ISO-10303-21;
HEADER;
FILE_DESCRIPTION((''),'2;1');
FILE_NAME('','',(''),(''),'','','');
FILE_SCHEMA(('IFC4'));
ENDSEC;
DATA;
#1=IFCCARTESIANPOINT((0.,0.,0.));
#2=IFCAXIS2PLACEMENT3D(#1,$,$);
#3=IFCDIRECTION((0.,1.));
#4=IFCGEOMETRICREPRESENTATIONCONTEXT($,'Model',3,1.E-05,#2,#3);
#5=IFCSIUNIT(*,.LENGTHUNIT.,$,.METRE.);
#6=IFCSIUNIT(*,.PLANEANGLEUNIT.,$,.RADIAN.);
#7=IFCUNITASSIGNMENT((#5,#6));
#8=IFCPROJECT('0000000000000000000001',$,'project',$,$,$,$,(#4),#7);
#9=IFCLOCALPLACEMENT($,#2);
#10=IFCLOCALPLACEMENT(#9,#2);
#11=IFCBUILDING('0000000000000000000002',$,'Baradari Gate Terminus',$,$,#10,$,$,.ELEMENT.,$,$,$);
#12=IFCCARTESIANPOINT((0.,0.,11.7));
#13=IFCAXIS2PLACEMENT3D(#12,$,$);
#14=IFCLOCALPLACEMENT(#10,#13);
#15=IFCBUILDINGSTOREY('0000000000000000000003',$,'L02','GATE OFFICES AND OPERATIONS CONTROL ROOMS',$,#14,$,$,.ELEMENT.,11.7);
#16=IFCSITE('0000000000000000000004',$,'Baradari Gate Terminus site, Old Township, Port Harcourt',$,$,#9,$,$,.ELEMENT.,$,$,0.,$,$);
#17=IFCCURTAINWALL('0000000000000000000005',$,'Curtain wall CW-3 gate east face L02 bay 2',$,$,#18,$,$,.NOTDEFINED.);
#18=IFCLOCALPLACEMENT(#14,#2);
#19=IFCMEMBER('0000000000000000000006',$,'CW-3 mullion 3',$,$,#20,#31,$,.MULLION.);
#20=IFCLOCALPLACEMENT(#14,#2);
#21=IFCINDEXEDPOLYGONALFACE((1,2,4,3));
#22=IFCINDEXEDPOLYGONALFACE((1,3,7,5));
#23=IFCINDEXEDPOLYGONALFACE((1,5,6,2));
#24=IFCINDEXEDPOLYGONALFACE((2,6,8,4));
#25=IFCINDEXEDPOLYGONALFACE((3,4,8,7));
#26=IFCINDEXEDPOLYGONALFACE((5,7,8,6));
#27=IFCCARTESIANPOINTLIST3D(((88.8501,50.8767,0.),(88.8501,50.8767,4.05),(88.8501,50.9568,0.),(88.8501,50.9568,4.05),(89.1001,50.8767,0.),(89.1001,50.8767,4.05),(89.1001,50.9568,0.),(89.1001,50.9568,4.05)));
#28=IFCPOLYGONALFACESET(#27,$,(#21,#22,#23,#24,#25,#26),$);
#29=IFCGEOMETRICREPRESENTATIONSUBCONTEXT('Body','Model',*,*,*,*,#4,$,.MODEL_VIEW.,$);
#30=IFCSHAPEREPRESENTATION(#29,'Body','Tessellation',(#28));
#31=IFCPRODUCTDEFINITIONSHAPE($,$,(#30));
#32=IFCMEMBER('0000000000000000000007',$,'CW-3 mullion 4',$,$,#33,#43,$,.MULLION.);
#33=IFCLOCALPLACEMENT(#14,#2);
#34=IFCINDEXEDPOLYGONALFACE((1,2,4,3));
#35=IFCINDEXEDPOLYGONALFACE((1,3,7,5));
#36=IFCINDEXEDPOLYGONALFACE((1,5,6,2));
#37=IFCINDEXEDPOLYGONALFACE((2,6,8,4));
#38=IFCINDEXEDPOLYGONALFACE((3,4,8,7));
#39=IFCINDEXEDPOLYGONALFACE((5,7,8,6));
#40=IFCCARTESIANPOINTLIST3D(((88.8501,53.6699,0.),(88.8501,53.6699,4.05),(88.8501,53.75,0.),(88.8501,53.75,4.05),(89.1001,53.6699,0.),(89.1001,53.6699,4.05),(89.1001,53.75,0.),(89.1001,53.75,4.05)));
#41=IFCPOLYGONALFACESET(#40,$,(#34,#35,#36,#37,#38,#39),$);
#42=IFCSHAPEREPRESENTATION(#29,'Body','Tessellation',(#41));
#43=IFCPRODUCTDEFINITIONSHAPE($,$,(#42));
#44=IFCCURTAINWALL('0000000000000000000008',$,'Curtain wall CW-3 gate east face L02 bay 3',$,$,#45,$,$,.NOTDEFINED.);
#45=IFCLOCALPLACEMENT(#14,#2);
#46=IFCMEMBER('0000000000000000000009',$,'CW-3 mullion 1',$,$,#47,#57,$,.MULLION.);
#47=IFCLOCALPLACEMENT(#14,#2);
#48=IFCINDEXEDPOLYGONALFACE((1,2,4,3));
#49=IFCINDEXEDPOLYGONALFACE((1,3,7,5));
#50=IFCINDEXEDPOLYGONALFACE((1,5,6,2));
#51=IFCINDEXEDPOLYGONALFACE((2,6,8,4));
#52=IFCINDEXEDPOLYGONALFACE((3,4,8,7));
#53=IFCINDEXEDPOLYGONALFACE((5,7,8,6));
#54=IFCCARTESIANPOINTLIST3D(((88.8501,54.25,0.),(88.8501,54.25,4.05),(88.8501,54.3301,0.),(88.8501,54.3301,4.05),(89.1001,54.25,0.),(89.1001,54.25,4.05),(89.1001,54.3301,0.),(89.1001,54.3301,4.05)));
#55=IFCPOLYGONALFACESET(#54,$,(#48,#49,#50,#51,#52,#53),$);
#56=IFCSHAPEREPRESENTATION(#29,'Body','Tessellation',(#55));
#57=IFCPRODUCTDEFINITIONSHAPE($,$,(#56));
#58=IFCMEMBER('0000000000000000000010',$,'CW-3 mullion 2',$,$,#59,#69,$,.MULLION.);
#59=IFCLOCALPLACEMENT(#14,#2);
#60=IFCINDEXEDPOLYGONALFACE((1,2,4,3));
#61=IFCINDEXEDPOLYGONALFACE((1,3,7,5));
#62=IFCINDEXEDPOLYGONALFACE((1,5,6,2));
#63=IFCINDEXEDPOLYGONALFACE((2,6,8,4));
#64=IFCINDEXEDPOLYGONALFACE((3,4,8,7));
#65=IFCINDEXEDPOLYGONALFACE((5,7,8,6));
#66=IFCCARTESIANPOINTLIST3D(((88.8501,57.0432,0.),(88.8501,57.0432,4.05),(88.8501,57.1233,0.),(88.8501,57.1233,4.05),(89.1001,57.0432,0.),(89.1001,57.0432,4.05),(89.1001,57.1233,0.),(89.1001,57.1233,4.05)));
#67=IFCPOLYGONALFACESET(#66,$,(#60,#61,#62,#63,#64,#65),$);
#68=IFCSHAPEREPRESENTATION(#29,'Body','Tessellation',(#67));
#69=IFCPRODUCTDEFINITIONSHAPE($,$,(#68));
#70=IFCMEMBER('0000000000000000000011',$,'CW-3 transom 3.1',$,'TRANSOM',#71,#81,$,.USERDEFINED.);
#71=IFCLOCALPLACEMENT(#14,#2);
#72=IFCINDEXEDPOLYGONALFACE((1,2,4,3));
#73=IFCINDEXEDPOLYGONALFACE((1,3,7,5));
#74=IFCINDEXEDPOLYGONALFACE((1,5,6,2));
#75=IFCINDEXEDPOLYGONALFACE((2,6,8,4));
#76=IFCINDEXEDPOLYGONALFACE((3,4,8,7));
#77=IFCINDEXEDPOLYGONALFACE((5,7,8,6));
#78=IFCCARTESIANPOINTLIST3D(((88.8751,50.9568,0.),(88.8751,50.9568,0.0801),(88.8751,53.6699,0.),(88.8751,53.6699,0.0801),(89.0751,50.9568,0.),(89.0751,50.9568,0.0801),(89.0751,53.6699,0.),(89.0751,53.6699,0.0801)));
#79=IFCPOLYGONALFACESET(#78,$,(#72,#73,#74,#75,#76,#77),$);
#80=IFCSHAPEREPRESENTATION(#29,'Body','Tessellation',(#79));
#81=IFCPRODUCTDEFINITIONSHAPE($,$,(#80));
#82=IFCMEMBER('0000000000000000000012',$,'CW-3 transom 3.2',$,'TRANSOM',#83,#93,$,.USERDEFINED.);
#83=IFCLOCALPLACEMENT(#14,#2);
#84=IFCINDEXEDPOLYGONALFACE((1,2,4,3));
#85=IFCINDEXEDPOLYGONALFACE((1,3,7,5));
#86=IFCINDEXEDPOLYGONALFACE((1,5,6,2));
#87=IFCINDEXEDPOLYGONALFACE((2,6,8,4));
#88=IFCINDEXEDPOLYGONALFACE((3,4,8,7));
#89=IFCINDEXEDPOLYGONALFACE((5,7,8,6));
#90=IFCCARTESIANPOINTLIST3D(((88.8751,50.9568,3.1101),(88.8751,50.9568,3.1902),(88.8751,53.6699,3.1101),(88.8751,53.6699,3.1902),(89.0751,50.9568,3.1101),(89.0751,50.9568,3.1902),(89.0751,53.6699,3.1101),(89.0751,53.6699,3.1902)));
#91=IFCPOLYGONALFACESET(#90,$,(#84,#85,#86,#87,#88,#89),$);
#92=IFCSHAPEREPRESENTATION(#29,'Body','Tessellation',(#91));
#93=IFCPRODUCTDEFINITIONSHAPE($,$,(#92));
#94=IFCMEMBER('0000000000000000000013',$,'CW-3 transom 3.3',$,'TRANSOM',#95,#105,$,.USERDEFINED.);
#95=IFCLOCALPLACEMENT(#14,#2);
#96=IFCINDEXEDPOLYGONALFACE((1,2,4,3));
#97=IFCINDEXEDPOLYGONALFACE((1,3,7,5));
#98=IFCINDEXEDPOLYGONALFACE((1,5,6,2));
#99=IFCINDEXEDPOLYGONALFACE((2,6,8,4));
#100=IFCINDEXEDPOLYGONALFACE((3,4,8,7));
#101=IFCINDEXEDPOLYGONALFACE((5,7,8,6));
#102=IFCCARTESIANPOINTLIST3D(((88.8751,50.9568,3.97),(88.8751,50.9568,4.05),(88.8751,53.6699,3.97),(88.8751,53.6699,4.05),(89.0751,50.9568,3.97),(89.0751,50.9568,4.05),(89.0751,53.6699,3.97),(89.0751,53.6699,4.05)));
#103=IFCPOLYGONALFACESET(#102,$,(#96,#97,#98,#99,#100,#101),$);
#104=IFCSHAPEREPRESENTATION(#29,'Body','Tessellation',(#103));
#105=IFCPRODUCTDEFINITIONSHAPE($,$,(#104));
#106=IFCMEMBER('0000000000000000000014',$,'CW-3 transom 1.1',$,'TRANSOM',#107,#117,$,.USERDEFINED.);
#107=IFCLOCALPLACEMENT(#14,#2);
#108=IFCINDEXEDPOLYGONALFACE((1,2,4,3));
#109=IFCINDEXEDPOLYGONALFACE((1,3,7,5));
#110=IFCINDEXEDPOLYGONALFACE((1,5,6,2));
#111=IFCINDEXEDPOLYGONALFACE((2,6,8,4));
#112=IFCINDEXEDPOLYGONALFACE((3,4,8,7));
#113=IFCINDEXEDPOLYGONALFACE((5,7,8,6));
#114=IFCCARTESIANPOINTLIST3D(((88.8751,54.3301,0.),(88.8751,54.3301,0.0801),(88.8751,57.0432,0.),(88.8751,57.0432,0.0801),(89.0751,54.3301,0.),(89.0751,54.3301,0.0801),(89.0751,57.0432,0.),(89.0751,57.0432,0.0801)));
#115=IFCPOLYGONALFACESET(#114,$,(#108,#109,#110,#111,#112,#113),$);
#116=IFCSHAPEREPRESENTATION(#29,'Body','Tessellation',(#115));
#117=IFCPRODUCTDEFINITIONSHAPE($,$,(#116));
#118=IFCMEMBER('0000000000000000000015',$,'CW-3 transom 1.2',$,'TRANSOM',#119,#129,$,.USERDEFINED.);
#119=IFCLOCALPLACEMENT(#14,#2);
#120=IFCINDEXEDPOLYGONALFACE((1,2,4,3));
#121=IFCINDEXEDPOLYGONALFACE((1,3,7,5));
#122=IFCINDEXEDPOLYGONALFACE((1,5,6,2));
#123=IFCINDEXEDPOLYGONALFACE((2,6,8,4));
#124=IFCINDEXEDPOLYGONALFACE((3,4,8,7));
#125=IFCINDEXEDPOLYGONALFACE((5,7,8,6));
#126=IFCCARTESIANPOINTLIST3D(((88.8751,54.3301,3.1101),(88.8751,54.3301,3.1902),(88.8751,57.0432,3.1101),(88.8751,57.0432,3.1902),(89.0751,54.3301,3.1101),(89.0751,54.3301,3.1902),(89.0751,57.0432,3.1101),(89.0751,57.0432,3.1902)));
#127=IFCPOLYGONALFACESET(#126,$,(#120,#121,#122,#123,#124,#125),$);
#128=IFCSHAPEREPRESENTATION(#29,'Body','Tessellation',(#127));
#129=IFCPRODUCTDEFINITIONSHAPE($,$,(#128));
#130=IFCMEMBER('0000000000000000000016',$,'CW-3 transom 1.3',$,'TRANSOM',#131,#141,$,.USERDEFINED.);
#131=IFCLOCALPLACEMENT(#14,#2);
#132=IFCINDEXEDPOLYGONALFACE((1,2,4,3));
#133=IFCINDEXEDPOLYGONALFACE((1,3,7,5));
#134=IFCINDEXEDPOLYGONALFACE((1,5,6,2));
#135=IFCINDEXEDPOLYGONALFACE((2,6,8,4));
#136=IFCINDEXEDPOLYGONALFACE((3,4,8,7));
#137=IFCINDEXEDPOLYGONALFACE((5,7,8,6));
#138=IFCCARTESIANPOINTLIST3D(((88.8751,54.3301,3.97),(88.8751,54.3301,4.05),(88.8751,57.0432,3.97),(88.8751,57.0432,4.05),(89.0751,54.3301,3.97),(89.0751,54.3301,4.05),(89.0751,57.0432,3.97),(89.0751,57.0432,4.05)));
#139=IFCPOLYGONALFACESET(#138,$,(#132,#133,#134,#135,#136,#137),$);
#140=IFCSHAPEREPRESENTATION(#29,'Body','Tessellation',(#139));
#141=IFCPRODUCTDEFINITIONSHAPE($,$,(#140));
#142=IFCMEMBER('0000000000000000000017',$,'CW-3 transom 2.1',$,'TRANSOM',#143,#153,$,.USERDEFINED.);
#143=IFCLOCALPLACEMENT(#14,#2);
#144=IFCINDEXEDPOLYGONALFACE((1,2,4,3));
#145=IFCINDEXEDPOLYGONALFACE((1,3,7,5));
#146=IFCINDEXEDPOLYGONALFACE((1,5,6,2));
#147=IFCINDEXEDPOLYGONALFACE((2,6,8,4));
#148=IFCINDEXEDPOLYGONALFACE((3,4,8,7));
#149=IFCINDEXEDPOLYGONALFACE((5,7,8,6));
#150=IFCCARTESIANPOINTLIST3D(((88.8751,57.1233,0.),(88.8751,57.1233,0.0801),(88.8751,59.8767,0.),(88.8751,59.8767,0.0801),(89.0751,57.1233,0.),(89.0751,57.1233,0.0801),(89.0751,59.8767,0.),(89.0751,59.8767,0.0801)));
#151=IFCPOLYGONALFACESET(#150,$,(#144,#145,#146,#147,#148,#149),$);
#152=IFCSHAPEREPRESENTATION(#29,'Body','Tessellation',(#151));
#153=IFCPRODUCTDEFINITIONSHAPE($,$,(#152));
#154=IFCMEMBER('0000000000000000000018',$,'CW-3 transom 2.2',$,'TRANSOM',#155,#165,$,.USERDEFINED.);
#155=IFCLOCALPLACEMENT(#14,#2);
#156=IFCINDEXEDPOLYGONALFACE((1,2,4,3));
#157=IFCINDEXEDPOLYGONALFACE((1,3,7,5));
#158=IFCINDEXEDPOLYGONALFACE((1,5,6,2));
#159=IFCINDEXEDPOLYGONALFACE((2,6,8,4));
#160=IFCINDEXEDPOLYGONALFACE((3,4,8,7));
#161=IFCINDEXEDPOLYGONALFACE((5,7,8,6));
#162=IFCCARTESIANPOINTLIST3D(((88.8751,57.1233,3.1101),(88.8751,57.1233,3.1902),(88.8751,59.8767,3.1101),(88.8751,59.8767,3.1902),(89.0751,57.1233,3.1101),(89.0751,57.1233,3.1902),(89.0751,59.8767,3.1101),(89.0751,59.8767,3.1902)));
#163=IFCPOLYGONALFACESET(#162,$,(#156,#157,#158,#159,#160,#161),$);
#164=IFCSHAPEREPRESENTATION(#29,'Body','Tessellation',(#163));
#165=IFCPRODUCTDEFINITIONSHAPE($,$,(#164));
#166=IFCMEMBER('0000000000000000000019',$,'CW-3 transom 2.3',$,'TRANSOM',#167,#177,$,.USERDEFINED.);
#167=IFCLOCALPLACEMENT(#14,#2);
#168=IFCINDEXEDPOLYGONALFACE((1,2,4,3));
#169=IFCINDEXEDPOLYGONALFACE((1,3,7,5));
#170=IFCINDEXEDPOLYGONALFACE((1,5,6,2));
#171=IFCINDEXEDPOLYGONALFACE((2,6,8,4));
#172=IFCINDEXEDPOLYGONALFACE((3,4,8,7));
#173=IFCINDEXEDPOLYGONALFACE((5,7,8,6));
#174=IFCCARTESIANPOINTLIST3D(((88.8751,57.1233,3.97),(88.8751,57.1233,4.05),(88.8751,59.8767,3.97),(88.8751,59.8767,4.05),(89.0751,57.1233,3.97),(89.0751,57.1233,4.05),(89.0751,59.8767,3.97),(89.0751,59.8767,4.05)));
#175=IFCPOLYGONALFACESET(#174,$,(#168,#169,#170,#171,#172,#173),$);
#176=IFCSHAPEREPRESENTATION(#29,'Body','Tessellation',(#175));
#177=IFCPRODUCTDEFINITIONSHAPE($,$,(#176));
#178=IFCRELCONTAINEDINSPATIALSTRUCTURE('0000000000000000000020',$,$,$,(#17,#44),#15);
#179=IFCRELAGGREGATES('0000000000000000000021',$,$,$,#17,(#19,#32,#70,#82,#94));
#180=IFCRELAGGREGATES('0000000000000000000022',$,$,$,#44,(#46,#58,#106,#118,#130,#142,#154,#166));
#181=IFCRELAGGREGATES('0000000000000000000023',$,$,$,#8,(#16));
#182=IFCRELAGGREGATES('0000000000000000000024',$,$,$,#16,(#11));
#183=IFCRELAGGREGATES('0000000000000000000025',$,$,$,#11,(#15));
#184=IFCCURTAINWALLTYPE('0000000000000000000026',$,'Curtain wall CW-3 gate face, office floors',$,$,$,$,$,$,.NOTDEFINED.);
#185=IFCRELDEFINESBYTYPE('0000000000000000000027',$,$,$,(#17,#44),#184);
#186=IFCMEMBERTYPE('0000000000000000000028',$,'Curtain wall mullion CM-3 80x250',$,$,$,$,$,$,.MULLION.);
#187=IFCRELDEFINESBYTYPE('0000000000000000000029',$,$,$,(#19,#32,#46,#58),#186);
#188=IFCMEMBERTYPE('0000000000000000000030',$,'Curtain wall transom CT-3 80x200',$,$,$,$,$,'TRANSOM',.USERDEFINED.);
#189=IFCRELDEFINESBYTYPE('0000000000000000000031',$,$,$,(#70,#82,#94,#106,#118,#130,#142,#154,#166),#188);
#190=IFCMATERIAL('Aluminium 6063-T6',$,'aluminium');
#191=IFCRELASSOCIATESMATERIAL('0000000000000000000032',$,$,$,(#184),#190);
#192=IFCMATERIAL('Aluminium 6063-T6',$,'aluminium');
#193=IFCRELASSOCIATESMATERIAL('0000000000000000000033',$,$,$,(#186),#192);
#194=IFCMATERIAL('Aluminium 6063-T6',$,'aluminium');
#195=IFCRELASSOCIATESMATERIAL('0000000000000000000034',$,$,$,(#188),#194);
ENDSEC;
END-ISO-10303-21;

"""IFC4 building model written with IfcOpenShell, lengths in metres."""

from ifc_helpers import new_model, si_unit, direction, frame, origin, origin_2d, place, context, subcontext, project, spatial, rectangle, extrude, material, material_profile, profile_set, type_object, element, aggregate, save


model = new_model("IFC4")

# Units and contexts
model_context = context("Model", 3, precision=1e-05, world=origin(), true_north=direction((0.0, 1.0)))
body_context = subcontext(model_context, "Body", "Model", "MODEL_VIEW")
ifc_project = project(units=[si_unit("LENGTHUNIT", "METRE"), si_unit("PLANEANGLEUNIT", "RADIAN")], contexts=[model_context])

# Site, building, storey
site_placement = place(None, origin())
site = spatial("IfcSite", under=ifc_project, at=site_placement, Name="Baradari Gate Terminus site, Old Township, Port Harcourt", CompositionType="ELEMENT", RefElevation=0.0)
building_placement = place(site_placement, origin())
building = spatial("IfcBuilding", under=site, at=building_placement, Name="Baradari Gate Terminus", CompositionType="ELEMENT")
storey_placement = place(building_placement, frame((0.0, 0.0, 11.7)))
storey = spatial("IfcBuildingStorey", under=building, at=storey_placement, Name="L02", Description="GATE OFFICES AND OPERATIONS CONTROL ROOMS", CompositionType="ELEMENT", Elevation=11.7)

# Curtain walls, members
ifc_material_1 = material(Name="Aluminium 6063-T6", Category="aluminium")
curtain_wall_type = type_object("IfcCurtainWallType", Name="Curtain wall CW-3 gate face, office floors", PredefinedType="NOTDEFINED", material=ifc_material_1)
curtain_wall_1_placement = place(storey_placement, origin())
curtain_wall_1 = element("IfcCurtainWall", 1, at=curtain_wall_1_placement, inside=storey, type_object=curtain_wall_type, Name="Curtain wall CW-3 gate east face L02 bay 2", PredefinedType="NOTDEFINED")
ifc_material_2 = material(Name="Aluminium 6063-T6", Category="aluminium")
ifc_material_profile_1 = material_profile(ifc_material_2, rectangle(XDim=0.25, YDim=0.0801, at=origin_2d()), Name="CM-3 80X250")
ifc_profile_set_1 = profile_set([ifc_material_profile_1], Name="Aluminium 6063-T6")
member_type_1 = type_object("IfcMemberType", Name="Curtain wall mullion CM-3 80x250", PredefinedType="MULLION", material=ifc_profile_set_1)
member_1_placement = place(storey_placement, frame((88.9751, 50.9167, 0.0), z_axis=(0.0, 0.0, 1.0), x_axis=(-1.0, 0.0, 0.0)))
member_1 = element("IfcMember", 2, at=member_1_placement, type_object=member_type_1, Name="CW-3 mullion 3", PredefinedType="MULLION", context=body_context, shape_type="SweptSolid", body=[
    extrude(rectangle(XDim=0.25, YDim=0.0801, at=origin_2d()), origin(), (0.0, 0.0, 1.0), 4.05),
])
member_2_placement = place(storey_placement, frame((88.9751, 53.71, 0.0), z_axis=(0.0, 0.0, 1.0), x_axis=(-1.0, 0.0, 0.0)))
member_2 = element("IfcMember", 3, at=member_2_placement, type_object=member_type_1, Name="CW-3 mullion 4", PredefinedType="MULLION", context=body_context, shape_type="SweptSolid", body=[
    extrude(rectangle(XDim=0.25, YDim=0.0801, at=origin_2d()), origin(), (0.0, 0.0, 1.0), 4.05),
])
curtain_wall_2_placement = place(storey_placement, origin())
curtain_wall_2 = element("IfcCurtainWall", 4, at=curtain_wall_2_placement, inside=storey, type_object=curtain_wall_type, Name="Curtain wall CW-3 gate east face L02 bay 3", PredefinedType="NOTDEFINED")
member_3_placement = place(storey_placement, frame((88.9751, 54.29, 0.0), z_axis=(0.0, 0.0, 1.0), x_axis=(-1.0, 0.0, 0.0)))
member_3 = element("IfcMember", 5, at=member_3_placement, type_object=member_type_1, Name="CW-3 mullion 1", PredefinedType="MULLION", context=body_context, shape_type="SweptSolid", body=[
    extrude(rectangle(XDim=0.25, YDim=0.0801, at=origin_2d()), origin(), (0.0, 0.0, 1.0), 4.05),
])
member_4_placement = place(storey_placement, frame((88.9751, 57.0833, 0.0), z_axis=(0.0, 0.0, 1.0), x_axis=(-1.0, 0.0, 0.0)))
member_4 = element("IfcMember", 6, at=member_4_placement, type_object=member_type_1, Name="CW-3 mullion 2", PredefinedType="MULLION", context=body_context, shape_type="SweptSolid", body=[
    extrude(rectangle(XDim=0.25, YDim=0.0801, at=origin_2d()), origin(), (0.0, 0.0, 1.0), 4.05),
])

# Members
ifc_material_3 = material(Name="Aluminium 6063-T6", Category="aluminium")
ifc_material_profile_2 = material_profile(ifc_material_3, rectangle(XDim=0.2, YDim=0.0801, at=origin_2d()), Name="CT-3 80X200")
ifc_profile_set_2 = profile_set([ifc_material_profile_2], Name="Aluminium 6063-T6")
member_type_2 = type_object("IfcMemberType", Name="Curtain wall transom CT-3 80x200", ElementType="TRANSOM", PredefinedType="USERDEFINED", material=ifc_profile_set_2)
member_5_placement = place(storey_placement, frame((88.9751, 50.9568, 0.04), z_axis=(0.0, 1.0, 0.0), x_axis=(-1.0, 0.0, 0.0)))
member_5 = element("IfcMember", 7, at=member_5_placement, type_object=member_type_2, Name="CW-3 transom 3.1", ObjectType="TRANSOM", PredefinedType="USERDEFINED", context=body_context, shape_type="SweptSolid", body=[
    extrude(rectangle(XDim=0.2, YDim=0.0801, at=origin_2d()), origin(), (0.0, 0.0, 1.0), 2.7131),
])
member_6_placement = place(storey_placement, frame((88.9751, 50.9568, 3.1501), z_axis=(0.0, 1.0, 0.0), x_axis=(-1.0, 0.0, 0.0)))
member_6 = element("IfcMember", 8, at=member_6_placement, type_object=member_type_2, Name="CW-3 transom 3.2", ObjectType="TRANSOM", PredefinedType="USERDEFINED", context=body_context, shape_type="SweptSolid", body=[
    extrude(rectangle(XDim=0.2, YDim=0.0801, at=origin_2d()), origin(), (0.0, 0.0, 1.0), 2.7131),
])
member_7_placement = place(storey_placement, frame((88.9751, 50.9568, 4.01), z_axis=(0.0, 1.0, 0.0), x_axis=(-1.0, 0.0, 0.0)))
member_7 = element("IfcMember", 9, at=member_7_placement, type_object=member_type_2, Name="CW-3 transom 3.3", ObjectType="TRANSOM", PredefinedType="USERDEFINED", context=body_context, shape_type="SweptSolid", body=[
    extrude(rectangle(XDim=0.2, YDim=0.0801, at=origin_2d()), origin(), (0.0, 0.0, 1.0), 2.7131),
])
member_8_placement = place(storey_placement, frame((88.9751, 54.3301, 0.04), z_axis=(0.0, 1.0, 0.0), x_axis=(-1.0, 0.0, 0.0)))
member_8 = element("IfcMember", 10, at=member_8_placement, type_object=member_type_2, Name="CW-3 transom 1.1", ObjectType="TRANSOM", PredefinedType="USERDEFINED", context=body_context, shape_type="SweptSolid", body=[
    extrude(rectangle(XDim=0.2, YDim=0.0801, at=origin_2d()), origin(), (0.0, 0.0, 1.0), 2.7131),
])
member_9_placement = place(storey_placement, frame((88.9751, 54.3301, 3.1501), z_axis=(0.0, 1.0, 0.0), x_axis=(-1.0, 0.0, 0.0)))
member_9 = element("IfcMember", 11, at=member_9_placement, type_object=member_type_2, Name="CW-3 transom 1.2", ObjectType="TRANSOM", PredefinedType="USERDEFINED", context=body_context, shape_type="SweptSolid", body=[
    extrude(rectangle(XDim=0.2, YDim=0.0801, at=origin_2d()), origin(), (0.0, 0.0, 1.0), 2.7131),
])
member_10_placement = place(storey_placement, frame((88.9751, 54.3301, 4.01), z_axis=(0.0, 1.0, 0.0), x_axis=(-1.0, 0.0, 0.0)))
member_10 = element("IfcMember", 12, at=member_10_placement, type_object=member_type_2, Name="CW-3 transom 1.3", ObjectType="TRANSOM", PredefinedType="USERDEFINED", context=body_context, shape_type="SweptSolid", body=[
    extrude(rectangle(XDim=0.2, YDim=0.0801, at=origin_2d()), origin(), (0.0, 0.0, 1.0), 2.7131),
])
member_11_placement = place(storey_placement, frame((88.9751, 57.1233, 0.04), z_axis=(0.0, 1.0, 0.0), x_axis=(-1.0, 0.0, 0.0)))
member_11 = element("IfcMember", 13, at=member_11_placement, type_object=member_type_2, Name="CW-3 transom 2.1", ObjectType="TRANSOM", PredefinedType="USERDEFINED", context=body_context, shape_type="SweptSolid", body=[
    extrude(rectangle(XDim=0.2, YDim=0.0801, at=origin_2d()), origin(), (0.0, 0.0, 1.0), 2.7534),
])
member_12_placement = place(storey_placement, frame((88.9751, 57.1233, 3.1501), z_axis=(0.0, 1.0, 0.0), x_axis=(-1.0, 0.0, 0.0)))
member_12 = element("IfcMember", 14, at=member_12_placement, type_object=member_type_2, Name="CW-3 transom 2.2", ObjectType="TRANSOM", PredefinedType="USERDEFINED", context=body_context, shape_type="SweptSolid", body=[
    extrude(rectangle(XDim=0.2, YDim=0.0801, at=origin_2d()), origin(), (0.0, 0.0, 1.0), 2.7534),
])
member_13_placement = place(storey_placement, frame((88.9751, 57.1233, 4.01), z_axis=(0.0, 1.0, 0.0), x_axis=(-1.0, 0.0, 0.0)))
member_13 = element("IfcMember", 15, at=member_13_placement, type_object=member_type_2, Name="CW-3 transom 2.3", ObjectType="TRANSOM", PredefinedType="USERDEFINED", context=body_context, shape_type="SweptSolid", body=[
    extrude(rectangle(XDim=0.2, YDim=0.0801, at=origin_2d()), origin(), (0.0, 0.0, 1.0), 2.7534),
])

aggregate(curtain_wall_1, [member_1, member_2, member_5, member_6, member_7])
aggregate(curtain_wall_2, [member_3, member_4, member_8, member_9, member_10, member_11, member_12, member_13])

save(model, "model.ifc")
